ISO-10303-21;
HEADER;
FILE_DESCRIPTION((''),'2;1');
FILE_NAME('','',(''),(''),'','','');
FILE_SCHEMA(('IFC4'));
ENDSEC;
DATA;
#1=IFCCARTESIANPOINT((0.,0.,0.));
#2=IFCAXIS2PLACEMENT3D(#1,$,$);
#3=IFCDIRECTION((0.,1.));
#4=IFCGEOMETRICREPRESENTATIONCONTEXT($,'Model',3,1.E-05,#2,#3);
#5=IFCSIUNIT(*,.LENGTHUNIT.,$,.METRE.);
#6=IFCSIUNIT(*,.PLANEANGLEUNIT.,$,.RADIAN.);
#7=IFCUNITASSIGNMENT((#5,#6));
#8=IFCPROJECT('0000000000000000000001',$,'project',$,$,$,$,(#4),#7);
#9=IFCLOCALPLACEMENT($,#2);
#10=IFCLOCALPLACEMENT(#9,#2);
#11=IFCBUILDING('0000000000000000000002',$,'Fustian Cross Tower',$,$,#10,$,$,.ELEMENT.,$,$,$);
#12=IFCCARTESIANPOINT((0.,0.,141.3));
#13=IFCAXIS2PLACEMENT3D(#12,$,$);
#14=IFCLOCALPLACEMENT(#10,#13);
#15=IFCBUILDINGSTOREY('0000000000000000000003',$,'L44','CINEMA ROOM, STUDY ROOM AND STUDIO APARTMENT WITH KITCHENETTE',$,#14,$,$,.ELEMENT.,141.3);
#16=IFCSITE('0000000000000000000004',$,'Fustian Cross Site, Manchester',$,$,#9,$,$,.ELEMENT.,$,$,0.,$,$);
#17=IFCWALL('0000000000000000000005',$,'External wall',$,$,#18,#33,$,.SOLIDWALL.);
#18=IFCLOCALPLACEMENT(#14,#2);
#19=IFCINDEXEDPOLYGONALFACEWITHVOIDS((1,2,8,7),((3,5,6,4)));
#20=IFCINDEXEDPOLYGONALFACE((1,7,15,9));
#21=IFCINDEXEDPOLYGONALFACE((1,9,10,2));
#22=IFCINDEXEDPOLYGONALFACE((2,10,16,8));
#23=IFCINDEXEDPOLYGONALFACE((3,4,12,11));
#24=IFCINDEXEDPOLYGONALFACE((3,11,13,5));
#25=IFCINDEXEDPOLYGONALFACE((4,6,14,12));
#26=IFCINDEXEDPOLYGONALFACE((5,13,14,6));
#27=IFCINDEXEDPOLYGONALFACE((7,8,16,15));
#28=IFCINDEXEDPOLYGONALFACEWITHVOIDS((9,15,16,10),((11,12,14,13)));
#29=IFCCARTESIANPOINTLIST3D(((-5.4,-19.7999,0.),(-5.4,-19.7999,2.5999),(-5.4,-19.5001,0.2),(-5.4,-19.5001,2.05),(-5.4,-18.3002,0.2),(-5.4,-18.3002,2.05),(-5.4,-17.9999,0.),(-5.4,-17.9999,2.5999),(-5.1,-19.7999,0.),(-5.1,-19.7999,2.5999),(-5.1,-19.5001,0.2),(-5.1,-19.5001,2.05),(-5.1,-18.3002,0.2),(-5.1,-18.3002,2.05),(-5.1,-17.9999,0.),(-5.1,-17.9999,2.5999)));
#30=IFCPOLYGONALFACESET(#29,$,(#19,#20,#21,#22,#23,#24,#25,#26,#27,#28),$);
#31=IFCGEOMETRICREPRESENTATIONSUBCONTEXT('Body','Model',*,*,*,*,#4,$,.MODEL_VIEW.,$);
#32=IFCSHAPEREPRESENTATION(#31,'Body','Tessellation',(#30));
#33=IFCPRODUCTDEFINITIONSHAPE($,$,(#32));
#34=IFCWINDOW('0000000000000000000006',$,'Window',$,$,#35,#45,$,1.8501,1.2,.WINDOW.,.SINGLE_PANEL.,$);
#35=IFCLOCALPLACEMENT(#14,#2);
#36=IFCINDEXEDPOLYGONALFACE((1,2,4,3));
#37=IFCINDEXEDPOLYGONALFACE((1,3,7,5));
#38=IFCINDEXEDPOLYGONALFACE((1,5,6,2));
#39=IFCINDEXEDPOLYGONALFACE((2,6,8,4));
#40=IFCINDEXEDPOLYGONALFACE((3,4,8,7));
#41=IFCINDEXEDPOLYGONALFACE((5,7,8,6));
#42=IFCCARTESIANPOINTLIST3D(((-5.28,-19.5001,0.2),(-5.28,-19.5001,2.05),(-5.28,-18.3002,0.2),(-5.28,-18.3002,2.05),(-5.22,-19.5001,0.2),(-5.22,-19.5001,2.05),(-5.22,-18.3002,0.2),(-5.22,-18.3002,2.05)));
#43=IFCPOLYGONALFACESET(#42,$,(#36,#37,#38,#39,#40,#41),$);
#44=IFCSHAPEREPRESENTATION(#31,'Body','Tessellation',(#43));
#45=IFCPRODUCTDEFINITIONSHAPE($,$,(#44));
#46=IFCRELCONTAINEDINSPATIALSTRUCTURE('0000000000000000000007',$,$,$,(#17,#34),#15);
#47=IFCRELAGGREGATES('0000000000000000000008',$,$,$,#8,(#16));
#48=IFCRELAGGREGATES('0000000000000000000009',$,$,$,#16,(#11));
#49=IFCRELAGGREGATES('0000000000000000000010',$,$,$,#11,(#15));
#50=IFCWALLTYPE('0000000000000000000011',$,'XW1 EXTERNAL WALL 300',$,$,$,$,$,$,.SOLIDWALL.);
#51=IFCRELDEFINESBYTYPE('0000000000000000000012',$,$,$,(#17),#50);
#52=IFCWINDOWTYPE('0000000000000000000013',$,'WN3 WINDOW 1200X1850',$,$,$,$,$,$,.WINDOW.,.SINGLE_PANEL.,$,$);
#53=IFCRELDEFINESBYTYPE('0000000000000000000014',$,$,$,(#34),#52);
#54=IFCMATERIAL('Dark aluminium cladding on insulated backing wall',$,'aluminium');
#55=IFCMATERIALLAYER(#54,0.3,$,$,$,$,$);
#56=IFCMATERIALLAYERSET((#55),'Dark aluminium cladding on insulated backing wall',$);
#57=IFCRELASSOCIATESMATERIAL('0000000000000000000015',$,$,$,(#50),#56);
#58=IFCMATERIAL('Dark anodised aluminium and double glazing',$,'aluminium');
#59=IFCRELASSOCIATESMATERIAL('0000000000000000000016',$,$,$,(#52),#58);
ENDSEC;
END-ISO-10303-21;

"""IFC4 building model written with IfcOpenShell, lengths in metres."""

from ifc_helpers import new_model, si_unit, direction, frame, frame_2d, origin, place, context, subcontext, project, spatial, rectangle, extrude, material, layer, layer_set, type_object, element, fill, save


model = new_model("IFC4")

# Units and contexts
model_context = context("Model", 3, precision=1e-05, world=origin(), true_north=direction((0.0, 1.0)))
body_context = subcontext(model_context, "Body", "Model", "MODEL_VIEW")
ifc_project = project(units=[si_unit("LENGTHUNIT", "METRE"), si_unit("PLANEANGLEUNIT", "RADIAN")], contexts=[model_context])

# Site, building, storey
site_placement = place(None, origin())
site = spatial("IfcSite", under=ifc_project, at=site_placement, Name="Fustian Cross Site, Manchester", CompositionType="ELEMENT", RefElevation=0.0)
building_placement = place(site_placement, origin())
building = spatial("IfcBuilding", under=site, at=building_placement, Name="Fustian Cross Tower", CompositionType="ELEMENT")
storey_placement = place(building_placement, frame((0.0, 0.0, 141.3)))
storey = spatial("IfcBuildingStorey", under=building, at=storey_placement, Name="L44", Description="CINEMA ROOM, STUDY ROOM AND STUDIO APARTMENT WITH KITCHENETTE", CompositionType="ELEMENT", Elevation=141.3)

# Shared definitions
ifc_material_1 = material(Name="Dark aluminium cladding on insulated backing wall", Category="aluminium")
ifc_layer_1 = layer(ifc_material_1, 0.3)
ifc_layer_set_1 = layer_set([ifc_layer_1], Name="Dark aluminium cladding on insulated backing wall")
wall_type_1 = type_object("IfcWallType", Name="XW1 EXTERNAL WALL 300", PredefinedType="SOLIDWALL", material=ifc_layer_set_1)

# Shared definitions
ifc_material_2 = material(Name="Dark anodised aluminium and double glazing", Category="aluminium")
window_type = type_object("IfcWindowType", Name="WN3 WINDOW 1200X1850", PartitioningType="SINGLE_PANEL", PredefinedType="WINDOW", material=ifc_material_2)

# Wall, opening, window
wall_1_placement = place(storey_placement, frame((-5.25, -18.0, 0.0), z_axis=(0.0, 0.0, 1.0), x_axis=(0.0, -1.0, 0.0)))
wall_1 = element("IfcWall", 1, at=wall_1_placement, inside=storey, type_object=wall_type_1, Name="External wall", PredefinedType="SOLIDWALL", context=body_context, shape_type="SweptSolid", body=[
    extrude(rectangle(XDim=1.8, YDim=0.3, at=frame_2d((0.8999, 0.0))), origin(), (0.0, 0.0, 1.0), 2.5999),
])
opening_1_placement = place(wall_1_placement, frame((0.3, 0.0, 0.2)))
opening_1 = element("IfcOpeningElement", 2, at=opening_1_placement, cuts=wall_1, PredefinedType="OPENING", context=body_context, shape_type="SweptSolid", body=[
    extrude(rectangle(XDim=1.2, YDim=1.8501, at=frame_2d((0.6001, 0.925))), frame((0.0, 0.1599, 0.0), z_axis=(0.0, -1.0, 0.0), x_axis=(1.0, 0.0, 0.0)), (0.0, 0.0, 1.0), 0.3201),
])
window_1_placement = place(opening_1_placement, origin())
window_1 = element("IfcWindow", 3, at=window_1_placement, inside=storey, type_object=window_type, Name="Window", OverallHeight=1.8501, OverallWidth=1.2, PartitioningType="SINGLE_PANEL", PredefinedType="WINDOW", context=body_context, shape_type="SweptSolid", body=[
    extrude(rectangle(XDim=1.2, YDim=1.8501, at=frame_2d((0.6001, 0.925))), frame((0.0, 0.03, 0.0), z_axis=(0.0, -1.0, 0.0), x_axis=(1.0, 0.0, 0.0)), (0.0, 0.0, 1.0), 0.0601),
])
fill(opening_1, window_1)

save(model, "model.ifc")
